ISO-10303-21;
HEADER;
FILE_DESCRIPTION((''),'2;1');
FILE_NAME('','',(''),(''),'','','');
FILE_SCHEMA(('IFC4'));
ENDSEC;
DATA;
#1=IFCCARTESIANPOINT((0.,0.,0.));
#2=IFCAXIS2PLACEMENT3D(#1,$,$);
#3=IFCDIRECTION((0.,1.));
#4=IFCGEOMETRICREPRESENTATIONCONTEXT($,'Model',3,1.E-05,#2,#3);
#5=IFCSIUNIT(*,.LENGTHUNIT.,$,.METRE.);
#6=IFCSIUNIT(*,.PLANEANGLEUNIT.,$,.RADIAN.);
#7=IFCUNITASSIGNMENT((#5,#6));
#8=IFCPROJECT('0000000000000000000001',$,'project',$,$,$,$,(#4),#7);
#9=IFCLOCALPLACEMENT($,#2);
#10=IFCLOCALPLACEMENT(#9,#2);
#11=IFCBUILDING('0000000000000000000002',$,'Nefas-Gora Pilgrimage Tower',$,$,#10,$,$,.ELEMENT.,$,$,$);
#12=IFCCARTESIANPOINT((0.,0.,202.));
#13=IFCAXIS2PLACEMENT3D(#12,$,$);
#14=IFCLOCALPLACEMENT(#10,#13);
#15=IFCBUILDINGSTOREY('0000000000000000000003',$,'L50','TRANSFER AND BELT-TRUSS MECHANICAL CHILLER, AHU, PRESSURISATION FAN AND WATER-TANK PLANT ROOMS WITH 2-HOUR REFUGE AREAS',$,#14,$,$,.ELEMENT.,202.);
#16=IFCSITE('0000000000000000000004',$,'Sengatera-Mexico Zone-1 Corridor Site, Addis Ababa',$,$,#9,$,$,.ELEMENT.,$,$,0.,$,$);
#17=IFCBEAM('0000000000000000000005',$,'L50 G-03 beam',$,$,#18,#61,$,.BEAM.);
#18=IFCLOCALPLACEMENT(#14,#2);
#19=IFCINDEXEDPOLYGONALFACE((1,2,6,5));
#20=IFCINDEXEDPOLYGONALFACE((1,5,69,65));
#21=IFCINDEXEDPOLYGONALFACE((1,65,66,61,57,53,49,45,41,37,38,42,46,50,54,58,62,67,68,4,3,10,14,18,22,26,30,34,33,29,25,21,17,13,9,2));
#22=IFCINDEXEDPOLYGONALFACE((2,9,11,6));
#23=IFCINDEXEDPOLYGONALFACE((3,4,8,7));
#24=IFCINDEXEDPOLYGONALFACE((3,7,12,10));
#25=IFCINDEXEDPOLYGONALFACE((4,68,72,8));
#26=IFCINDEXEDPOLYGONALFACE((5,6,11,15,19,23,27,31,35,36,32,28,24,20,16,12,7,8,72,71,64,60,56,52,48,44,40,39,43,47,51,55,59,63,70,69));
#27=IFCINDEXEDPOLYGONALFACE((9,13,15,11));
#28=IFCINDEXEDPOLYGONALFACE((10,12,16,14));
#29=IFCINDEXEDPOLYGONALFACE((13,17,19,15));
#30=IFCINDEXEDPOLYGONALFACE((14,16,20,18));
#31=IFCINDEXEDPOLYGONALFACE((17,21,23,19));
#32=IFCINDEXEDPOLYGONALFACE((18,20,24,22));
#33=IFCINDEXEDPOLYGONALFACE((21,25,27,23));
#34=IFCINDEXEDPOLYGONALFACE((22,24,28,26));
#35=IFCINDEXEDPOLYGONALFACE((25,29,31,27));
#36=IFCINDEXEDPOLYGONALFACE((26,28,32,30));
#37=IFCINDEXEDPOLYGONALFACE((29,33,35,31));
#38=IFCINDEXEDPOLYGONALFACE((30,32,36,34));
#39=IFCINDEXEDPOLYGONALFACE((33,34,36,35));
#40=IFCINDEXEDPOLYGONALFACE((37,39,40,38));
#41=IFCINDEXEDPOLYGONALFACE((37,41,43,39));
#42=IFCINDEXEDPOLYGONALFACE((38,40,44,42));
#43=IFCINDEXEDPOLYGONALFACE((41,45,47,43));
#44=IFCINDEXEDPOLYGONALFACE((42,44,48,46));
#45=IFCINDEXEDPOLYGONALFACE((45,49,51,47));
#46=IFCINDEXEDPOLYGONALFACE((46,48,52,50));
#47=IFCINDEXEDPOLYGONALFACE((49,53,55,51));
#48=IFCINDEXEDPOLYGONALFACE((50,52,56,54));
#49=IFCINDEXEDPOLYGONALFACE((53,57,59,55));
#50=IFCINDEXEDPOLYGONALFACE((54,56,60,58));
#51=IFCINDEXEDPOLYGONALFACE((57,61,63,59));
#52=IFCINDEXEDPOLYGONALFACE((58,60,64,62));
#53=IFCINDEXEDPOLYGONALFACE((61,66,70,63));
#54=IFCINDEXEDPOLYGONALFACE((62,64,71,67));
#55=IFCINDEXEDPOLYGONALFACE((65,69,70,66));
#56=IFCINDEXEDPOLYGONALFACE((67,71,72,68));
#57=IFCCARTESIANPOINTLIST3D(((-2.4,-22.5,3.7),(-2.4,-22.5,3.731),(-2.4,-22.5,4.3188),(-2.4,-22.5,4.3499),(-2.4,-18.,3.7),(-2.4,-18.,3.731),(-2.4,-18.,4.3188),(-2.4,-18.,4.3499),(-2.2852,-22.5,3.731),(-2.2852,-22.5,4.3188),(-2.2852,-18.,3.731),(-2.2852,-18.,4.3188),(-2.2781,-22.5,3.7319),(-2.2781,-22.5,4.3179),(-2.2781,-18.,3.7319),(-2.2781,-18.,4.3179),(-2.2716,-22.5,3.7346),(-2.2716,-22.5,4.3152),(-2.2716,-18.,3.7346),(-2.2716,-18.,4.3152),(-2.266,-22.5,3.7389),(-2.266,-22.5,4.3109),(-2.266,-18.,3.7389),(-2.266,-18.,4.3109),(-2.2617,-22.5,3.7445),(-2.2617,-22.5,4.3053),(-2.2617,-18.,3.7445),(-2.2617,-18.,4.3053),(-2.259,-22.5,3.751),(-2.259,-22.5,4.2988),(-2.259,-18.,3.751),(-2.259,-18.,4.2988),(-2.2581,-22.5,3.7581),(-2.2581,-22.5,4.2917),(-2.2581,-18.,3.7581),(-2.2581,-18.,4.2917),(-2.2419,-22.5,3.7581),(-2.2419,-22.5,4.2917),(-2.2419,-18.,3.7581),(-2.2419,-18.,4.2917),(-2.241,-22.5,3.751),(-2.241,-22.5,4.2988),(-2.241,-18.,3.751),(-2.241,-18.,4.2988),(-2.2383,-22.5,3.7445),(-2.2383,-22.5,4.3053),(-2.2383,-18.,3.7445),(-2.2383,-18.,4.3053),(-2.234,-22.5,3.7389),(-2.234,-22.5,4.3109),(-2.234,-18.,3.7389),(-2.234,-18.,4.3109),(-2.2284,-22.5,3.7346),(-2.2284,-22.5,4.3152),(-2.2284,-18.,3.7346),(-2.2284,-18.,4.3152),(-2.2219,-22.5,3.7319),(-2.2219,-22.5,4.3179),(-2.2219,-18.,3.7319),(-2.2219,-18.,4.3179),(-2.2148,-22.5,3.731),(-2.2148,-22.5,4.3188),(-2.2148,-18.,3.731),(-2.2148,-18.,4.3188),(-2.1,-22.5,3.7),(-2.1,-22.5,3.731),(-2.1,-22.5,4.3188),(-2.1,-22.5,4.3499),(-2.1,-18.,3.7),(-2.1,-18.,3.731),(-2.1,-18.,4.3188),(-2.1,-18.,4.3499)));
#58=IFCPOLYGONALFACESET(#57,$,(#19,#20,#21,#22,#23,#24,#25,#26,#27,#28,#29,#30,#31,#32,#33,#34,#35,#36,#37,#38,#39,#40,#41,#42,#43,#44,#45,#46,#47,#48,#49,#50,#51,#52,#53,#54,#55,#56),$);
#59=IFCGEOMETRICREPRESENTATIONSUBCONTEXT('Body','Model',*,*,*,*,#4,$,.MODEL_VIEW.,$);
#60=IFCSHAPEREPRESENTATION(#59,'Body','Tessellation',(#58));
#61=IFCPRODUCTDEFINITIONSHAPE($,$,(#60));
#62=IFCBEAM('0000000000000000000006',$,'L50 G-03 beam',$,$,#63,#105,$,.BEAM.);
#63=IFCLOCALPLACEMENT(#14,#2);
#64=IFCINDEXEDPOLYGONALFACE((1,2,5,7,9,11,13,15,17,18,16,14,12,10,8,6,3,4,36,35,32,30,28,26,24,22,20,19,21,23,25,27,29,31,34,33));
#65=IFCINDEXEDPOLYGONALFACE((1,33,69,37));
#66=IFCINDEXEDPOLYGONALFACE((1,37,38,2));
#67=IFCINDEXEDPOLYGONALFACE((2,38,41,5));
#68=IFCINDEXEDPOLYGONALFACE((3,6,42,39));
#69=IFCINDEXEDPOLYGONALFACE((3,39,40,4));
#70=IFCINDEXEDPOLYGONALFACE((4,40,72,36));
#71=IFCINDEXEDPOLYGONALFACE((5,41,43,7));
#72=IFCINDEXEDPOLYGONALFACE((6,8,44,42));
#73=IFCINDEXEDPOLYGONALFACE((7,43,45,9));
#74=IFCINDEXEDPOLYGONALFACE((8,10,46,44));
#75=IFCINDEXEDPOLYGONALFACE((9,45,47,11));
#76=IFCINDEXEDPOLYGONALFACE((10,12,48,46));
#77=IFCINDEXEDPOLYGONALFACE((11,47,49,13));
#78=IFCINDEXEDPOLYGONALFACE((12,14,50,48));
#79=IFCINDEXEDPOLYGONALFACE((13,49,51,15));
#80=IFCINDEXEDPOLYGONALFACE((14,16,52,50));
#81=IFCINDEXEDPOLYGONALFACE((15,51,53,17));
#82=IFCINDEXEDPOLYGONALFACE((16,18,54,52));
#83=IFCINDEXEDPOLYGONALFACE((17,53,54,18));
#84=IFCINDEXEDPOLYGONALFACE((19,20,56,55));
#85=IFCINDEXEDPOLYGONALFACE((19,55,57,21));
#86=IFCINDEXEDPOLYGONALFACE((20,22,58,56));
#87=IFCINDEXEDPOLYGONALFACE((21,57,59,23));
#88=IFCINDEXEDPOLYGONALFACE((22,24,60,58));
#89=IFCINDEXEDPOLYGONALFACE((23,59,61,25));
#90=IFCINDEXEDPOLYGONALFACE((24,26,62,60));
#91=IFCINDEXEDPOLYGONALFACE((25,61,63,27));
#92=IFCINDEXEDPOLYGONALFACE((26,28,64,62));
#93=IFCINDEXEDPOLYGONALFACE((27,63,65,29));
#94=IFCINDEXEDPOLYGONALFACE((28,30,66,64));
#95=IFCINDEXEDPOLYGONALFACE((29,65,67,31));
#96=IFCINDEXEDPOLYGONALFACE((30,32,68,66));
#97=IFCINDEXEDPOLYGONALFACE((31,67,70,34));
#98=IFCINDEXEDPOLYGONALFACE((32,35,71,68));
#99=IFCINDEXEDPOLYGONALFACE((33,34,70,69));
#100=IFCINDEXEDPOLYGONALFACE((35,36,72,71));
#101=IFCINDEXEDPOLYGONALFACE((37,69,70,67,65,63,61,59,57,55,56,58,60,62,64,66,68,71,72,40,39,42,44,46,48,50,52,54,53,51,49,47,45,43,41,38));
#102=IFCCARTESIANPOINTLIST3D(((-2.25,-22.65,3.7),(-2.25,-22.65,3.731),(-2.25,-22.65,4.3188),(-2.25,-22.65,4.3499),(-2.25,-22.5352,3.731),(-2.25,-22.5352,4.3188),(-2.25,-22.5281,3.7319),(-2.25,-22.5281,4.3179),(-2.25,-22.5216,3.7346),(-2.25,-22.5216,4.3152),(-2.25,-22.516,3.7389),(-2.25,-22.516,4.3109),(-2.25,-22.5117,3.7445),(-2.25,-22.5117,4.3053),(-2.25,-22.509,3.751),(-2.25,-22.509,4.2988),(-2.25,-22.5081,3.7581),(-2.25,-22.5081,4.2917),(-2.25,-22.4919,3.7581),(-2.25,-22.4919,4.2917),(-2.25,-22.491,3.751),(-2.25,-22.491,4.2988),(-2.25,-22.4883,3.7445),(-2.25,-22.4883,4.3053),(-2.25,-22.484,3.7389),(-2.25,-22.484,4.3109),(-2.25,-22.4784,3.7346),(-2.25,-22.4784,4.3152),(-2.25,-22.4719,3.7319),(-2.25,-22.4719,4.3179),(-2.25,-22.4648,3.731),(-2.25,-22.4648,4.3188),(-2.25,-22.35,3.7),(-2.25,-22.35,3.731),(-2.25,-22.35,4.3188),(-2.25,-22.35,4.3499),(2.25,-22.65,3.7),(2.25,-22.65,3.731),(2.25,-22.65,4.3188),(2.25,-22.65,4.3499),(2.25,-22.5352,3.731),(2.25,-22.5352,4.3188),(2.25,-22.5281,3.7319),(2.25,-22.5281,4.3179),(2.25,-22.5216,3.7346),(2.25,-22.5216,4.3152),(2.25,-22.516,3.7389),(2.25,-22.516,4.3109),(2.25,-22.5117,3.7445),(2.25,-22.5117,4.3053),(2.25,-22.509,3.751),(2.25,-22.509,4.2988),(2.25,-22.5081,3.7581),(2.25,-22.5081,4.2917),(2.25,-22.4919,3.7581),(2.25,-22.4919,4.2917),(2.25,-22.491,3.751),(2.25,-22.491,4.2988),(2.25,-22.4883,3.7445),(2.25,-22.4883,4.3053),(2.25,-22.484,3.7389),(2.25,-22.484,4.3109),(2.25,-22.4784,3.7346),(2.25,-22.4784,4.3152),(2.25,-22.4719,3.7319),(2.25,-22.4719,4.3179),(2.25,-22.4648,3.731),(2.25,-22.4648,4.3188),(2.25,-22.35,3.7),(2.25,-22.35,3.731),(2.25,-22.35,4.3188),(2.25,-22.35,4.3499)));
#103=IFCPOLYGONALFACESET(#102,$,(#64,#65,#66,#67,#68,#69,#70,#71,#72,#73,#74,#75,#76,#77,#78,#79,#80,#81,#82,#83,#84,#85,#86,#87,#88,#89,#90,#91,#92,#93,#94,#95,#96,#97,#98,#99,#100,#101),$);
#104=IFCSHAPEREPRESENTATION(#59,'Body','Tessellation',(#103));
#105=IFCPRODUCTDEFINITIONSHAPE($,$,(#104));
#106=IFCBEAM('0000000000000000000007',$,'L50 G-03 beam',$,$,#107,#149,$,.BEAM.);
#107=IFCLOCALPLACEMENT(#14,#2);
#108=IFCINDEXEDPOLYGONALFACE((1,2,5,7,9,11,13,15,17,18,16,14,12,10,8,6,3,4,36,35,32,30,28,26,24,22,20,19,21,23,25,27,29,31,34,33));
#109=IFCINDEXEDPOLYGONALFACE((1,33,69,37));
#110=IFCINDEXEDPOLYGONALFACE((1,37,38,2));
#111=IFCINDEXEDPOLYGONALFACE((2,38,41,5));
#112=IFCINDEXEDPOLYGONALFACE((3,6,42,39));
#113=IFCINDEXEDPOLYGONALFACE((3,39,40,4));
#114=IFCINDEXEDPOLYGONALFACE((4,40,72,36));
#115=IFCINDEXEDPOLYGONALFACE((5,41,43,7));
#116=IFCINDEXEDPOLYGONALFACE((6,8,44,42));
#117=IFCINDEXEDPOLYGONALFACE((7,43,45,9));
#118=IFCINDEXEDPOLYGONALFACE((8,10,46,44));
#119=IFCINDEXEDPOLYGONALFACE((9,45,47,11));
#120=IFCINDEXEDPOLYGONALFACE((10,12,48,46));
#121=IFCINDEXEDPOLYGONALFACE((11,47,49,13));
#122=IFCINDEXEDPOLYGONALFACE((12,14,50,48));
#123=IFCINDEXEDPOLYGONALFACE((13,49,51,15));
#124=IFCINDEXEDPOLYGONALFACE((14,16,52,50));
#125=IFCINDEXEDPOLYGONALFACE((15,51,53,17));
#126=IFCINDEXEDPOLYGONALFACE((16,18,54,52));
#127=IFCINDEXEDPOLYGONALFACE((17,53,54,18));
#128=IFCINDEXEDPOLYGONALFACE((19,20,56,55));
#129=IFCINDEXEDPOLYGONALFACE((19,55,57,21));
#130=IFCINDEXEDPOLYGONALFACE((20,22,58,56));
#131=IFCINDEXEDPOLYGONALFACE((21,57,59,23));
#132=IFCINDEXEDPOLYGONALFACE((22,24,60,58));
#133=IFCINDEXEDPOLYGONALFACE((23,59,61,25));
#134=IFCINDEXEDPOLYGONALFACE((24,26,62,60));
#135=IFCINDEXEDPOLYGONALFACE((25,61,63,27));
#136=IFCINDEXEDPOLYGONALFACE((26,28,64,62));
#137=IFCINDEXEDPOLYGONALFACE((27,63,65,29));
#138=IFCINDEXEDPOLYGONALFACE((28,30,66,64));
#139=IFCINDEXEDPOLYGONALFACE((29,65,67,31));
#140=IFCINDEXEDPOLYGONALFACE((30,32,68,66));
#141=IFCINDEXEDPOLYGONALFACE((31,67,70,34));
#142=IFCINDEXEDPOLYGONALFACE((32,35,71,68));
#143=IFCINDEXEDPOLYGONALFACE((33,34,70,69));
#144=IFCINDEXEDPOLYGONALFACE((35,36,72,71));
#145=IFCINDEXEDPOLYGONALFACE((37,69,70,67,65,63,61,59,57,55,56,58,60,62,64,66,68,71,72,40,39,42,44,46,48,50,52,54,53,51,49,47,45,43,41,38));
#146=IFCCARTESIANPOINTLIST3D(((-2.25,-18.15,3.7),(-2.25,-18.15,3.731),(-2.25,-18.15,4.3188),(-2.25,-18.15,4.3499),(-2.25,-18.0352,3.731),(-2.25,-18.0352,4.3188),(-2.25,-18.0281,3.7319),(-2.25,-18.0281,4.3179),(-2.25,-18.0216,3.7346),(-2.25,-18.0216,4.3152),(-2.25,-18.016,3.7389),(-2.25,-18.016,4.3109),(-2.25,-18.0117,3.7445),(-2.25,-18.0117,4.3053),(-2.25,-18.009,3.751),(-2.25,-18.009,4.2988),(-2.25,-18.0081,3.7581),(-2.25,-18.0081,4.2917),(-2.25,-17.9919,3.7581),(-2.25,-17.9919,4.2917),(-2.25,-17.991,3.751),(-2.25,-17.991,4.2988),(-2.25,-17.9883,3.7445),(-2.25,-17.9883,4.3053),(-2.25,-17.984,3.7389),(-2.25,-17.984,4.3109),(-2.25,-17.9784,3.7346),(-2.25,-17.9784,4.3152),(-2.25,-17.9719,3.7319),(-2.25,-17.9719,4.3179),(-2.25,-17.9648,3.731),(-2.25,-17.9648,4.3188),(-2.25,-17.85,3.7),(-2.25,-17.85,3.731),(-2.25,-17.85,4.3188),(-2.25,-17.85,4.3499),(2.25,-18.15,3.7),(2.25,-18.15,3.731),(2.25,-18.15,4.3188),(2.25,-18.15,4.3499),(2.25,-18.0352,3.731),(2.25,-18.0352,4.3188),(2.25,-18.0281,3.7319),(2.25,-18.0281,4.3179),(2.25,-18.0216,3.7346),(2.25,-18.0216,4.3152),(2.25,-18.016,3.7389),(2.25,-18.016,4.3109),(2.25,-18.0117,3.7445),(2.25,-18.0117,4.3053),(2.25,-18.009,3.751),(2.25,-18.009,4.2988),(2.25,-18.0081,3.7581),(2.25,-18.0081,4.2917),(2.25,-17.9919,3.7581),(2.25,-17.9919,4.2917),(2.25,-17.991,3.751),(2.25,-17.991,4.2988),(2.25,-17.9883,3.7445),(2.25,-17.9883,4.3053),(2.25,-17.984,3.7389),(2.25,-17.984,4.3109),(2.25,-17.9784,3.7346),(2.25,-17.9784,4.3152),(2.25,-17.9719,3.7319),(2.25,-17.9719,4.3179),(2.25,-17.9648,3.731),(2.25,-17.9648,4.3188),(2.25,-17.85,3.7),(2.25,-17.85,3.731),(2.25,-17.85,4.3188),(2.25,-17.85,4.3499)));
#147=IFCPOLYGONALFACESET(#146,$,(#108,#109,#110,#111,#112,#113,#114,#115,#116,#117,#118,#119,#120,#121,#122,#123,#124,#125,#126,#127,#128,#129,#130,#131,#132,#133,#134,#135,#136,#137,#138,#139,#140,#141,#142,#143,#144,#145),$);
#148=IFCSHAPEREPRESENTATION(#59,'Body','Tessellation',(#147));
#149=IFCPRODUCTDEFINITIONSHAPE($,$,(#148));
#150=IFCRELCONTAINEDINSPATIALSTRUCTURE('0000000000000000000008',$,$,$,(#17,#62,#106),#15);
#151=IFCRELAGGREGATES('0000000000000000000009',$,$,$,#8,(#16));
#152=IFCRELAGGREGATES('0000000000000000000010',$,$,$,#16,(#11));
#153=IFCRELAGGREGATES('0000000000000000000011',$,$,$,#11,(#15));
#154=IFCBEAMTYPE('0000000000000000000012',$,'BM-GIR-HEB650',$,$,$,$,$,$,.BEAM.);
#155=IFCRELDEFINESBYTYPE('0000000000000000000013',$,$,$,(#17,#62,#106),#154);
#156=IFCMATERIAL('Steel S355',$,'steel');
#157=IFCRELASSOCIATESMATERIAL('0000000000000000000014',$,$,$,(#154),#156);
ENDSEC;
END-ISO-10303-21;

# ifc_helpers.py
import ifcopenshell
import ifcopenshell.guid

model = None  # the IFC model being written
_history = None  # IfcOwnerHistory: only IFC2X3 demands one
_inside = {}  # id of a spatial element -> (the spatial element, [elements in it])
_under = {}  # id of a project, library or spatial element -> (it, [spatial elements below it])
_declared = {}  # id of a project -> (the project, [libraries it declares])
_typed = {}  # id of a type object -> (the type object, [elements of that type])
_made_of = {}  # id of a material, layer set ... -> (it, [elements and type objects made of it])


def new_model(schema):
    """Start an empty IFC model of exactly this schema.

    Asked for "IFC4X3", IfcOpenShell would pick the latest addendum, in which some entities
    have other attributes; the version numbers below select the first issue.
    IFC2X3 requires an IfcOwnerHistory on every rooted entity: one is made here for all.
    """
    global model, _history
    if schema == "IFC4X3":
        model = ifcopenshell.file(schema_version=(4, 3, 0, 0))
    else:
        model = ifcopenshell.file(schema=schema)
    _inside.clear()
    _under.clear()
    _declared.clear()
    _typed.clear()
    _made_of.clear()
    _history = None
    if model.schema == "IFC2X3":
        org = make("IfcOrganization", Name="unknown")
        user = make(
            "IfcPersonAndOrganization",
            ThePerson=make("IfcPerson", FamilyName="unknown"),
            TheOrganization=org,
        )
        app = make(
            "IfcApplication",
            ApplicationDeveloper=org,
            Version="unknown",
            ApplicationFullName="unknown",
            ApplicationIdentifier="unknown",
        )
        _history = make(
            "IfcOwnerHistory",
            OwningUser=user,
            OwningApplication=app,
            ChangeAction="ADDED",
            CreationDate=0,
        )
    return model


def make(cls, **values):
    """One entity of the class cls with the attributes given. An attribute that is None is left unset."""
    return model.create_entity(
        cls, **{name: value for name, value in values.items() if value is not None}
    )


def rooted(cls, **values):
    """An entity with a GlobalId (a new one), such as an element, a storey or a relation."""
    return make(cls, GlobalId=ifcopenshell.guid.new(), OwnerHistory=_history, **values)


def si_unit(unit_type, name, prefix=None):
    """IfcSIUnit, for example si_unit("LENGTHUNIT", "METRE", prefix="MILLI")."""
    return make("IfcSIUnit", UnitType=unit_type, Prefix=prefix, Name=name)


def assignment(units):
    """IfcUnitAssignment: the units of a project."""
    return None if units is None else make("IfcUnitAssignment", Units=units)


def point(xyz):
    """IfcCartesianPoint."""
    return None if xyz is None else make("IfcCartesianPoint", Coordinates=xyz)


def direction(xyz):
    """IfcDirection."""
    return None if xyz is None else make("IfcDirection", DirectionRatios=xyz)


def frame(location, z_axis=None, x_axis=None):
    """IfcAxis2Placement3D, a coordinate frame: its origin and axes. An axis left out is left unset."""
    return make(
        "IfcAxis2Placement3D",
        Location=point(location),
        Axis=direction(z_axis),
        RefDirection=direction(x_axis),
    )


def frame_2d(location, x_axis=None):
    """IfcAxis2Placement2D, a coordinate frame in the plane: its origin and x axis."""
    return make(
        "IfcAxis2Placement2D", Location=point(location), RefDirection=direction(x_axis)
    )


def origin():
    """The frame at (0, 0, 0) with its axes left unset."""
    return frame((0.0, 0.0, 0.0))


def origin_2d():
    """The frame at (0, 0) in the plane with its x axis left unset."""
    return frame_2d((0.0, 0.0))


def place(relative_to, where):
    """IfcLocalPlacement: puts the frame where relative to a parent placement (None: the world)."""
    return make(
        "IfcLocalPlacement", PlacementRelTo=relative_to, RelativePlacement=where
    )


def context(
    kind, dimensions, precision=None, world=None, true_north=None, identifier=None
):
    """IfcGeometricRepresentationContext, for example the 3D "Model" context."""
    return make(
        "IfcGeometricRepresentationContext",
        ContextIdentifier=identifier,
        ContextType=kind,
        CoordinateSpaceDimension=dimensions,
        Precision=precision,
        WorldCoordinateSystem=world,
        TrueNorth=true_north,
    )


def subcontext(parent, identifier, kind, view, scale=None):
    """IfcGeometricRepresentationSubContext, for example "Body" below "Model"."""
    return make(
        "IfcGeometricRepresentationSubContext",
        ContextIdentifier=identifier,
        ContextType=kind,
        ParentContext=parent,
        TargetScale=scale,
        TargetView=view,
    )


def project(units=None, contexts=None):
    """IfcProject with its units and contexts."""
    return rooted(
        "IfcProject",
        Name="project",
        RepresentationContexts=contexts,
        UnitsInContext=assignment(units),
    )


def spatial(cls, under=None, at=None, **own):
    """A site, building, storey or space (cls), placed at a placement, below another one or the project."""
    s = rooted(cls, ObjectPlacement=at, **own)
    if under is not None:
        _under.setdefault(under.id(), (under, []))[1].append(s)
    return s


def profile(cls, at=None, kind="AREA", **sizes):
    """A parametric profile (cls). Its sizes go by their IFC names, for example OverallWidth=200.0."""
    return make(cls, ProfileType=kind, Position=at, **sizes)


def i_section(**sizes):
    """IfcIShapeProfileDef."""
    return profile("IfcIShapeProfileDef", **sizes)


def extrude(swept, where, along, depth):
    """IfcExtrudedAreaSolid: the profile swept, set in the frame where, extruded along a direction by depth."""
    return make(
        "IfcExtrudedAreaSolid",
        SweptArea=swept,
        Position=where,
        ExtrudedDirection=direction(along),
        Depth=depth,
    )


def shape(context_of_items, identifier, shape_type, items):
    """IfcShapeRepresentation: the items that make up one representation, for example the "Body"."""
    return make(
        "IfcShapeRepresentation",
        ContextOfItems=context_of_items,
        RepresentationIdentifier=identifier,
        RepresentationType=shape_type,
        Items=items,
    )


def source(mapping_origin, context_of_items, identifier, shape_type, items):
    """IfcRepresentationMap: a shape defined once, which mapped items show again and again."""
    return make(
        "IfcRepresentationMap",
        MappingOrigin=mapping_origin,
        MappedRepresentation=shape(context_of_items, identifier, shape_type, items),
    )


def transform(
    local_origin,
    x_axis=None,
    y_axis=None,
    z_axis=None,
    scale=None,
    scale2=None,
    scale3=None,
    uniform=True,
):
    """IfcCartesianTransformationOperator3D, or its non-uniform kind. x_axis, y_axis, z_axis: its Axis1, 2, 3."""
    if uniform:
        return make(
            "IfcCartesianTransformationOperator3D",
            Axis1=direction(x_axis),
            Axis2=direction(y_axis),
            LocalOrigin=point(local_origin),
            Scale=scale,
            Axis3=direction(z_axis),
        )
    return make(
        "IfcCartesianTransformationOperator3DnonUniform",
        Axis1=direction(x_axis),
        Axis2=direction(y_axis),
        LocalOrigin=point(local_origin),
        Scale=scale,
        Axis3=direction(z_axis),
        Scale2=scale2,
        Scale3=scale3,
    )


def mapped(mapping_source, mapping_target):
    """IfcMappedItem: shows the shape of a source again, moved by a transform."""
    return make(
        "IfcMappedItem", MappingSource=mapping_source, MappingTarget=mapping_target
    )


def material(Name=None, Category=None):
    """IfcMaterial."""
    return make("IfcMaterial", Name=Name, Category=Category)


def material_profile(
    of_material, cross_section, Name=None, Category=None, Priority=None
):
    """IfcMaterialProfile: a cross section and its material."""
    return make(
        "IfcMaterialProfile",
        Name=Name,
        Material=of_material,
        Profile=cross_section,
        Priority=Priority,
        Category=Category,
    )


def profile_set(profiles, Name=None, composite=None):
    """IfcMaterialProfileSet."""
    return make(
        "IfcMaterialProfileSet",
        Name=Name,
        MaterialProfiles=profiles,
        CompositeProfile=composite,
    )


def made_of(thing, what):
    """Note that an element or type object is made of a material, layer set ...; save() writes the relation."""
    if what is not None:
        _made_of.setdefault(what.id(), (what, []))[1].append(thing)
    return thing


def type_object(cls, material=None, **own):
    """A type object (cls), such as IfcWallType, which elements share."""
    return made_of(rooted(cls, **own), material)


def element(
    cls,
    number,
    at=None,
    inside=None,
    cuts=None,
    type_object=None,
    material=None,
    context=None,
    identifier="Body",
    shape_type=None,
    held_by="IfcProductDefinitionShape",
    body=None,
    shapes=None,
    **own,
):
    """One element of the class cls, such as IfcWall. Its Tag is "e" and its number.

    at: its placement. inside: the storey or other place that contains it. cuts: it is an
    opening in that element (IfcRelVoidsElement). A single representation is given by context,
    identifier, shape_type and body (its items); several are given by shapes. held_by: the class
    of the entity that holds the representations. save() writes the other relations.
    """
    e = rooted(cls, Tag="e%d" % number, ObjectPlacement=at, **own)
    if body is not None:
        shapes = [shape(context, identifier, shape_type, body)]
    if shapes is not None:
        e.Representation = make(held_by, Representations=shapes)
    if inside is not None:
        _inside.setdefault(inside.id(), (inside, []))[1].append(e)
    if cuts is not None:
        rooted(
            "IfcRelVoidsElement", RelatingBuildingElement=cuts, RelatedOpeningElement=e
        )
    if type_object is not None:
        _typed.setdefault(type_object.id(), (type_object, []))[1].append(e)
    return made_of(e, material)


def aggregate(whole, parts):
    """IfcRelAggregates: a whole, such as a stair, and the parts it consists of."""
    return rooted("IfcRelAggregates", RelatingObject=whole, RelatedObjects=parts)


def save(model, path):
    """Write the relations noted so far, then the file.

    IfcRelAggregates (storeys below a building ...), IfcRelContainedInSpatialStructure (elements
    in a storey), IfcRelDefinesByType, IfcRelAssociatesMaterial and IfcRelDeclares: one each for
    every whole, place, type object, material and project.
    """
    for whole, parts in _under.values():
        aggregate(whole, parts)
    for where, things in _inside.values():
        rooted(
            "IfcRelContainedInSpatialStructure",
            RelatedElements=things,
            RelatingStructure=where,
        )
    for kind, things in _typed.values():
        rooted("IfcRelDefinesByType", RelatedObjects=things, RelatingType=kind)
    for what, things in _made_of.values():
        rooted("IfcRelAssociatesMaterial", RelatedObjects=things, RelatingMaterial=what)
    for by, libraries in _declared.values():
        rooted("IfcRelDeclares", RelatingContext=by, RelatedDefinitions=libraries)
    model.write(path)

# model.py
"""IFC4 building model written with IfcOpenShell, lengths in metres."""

from ifc_helpers import new_model, si_unit, direction, frame, origin, origin_2d, place, context, subcontext, project, spatial, i_section, extrude, source, transform, mapped, material, material_profile, profile_set, type_object, element, save


model = new_model("IFC4")

# Units and contexts
model_context = context("Model", 3, precision=1e-05, world=origin(), true_north=direction((0.0, 1.0)))
body_context = subcontext(model_context, "Body", "Model", "MODEL_VIEW")
ifc_project = project(units=[si_unit("LENGTHUNIT", "METRE"), si_unit("PLANEANGLEUNIT", "RADIAN")], contexts=[model_context])

# Site, building, storey
site_placement = place(None, origin())
site = spatial("IfcSite", under=ifc_project, at=site_placement, Name="Sengatera-Mexico Zone-1 Corridor Site, Addis Ababa", CompositionType="ELEMENT", RefElevation=0.0)
building_placement = place(site_placement, origin())
building = spatial("IfcBuilding", under=site, at=building_placement, Name="Nefas-Gora Pilgrimage Tower", CompositionType="ELEMENT")
storey_placement = place(building_placement, frame((0.0, 0.0, 202.0)))
storey = spatial("IfcBuildingStorey", under=building, at=storey_placement, Name="L50", Description="TRANSFER AND BELT-TRUSS MECHANICAL CHILLER, AHU, PRESSURISATION FAN AND WATER-TANK PLANT ROOMS WITH 2-HOUR REFUGE AREAS", CompositionType="ELEMENT", Elevation=202.0)

# Beams
ifc_material_1 = material(Name="Steel S355", Category="steel")
ifc_material_profile_1 = material_profile(ifc_material_1, i_section(OverallWidth=0.3, OverallDepth=0.6499, WebThickness=0.0161, FlangeThickness=0.031, FilletRadius=0.0271, at=origin_2d()), Name="HEB 650")
ifc_profile_set_1 = profile_set([ifc_material_profile_1], Name="Steel S355")
beam_type = type_object("IfcBeamType", Name="BM-GIR-HEB650", PredefinedType="BEAM", material=ifc_profile_set_1)
shared_shape_1 = source(origin(), body_context, "Body", "SweptSolid", [
    extrude(i_section(OverallWidth=0.3, OverallDepth=0.6499, WebThickness=0.0161, FlangeThickness=0.031, FilletRadius=0.0271, at=origin_2d()), origin(), (0.0, 0.0, 1.0), 4.5),
])
for number, where, z_axis, x_axis, name in (
    (1, (-2.25, -22.5, 4.0249), (0.0, 1.0, 0.0), (-1.0, 0.0, 0.0), "L50 G-03 beam"),
    (2, (-2.25, -22.5, 4.0249), (1.0, 0.0, 0.0), (0.0, 1.0, 0.0), "L50 G-03 beam"),
    (3, (-2.25, -18.0, 4.0249), (1.0, 0.0, 0.0), (0.0, 1.0, 0.0), "L50 G-03 beam"),
):
    element("IfcBeam", number, at=place(storey_placement, frame(where, z_axis=z_axis, x_axis=x_axis)), inside=storey, type_object=beam_type, Name=name, PredefinedType="BEAM", context=body_context, shape_type="MappedRepresentation", body=[
        mapped(shared_shape_1, transform((0.0, 0.0, 0.0), x_axis=(1.0, 0.0, 0.0), y_axis=(0.0, 1.0, 0.0), z_axis=(0.0, 0.0, 1.0), scale=1.0)),
    ])

save(model, "model.ifc")
